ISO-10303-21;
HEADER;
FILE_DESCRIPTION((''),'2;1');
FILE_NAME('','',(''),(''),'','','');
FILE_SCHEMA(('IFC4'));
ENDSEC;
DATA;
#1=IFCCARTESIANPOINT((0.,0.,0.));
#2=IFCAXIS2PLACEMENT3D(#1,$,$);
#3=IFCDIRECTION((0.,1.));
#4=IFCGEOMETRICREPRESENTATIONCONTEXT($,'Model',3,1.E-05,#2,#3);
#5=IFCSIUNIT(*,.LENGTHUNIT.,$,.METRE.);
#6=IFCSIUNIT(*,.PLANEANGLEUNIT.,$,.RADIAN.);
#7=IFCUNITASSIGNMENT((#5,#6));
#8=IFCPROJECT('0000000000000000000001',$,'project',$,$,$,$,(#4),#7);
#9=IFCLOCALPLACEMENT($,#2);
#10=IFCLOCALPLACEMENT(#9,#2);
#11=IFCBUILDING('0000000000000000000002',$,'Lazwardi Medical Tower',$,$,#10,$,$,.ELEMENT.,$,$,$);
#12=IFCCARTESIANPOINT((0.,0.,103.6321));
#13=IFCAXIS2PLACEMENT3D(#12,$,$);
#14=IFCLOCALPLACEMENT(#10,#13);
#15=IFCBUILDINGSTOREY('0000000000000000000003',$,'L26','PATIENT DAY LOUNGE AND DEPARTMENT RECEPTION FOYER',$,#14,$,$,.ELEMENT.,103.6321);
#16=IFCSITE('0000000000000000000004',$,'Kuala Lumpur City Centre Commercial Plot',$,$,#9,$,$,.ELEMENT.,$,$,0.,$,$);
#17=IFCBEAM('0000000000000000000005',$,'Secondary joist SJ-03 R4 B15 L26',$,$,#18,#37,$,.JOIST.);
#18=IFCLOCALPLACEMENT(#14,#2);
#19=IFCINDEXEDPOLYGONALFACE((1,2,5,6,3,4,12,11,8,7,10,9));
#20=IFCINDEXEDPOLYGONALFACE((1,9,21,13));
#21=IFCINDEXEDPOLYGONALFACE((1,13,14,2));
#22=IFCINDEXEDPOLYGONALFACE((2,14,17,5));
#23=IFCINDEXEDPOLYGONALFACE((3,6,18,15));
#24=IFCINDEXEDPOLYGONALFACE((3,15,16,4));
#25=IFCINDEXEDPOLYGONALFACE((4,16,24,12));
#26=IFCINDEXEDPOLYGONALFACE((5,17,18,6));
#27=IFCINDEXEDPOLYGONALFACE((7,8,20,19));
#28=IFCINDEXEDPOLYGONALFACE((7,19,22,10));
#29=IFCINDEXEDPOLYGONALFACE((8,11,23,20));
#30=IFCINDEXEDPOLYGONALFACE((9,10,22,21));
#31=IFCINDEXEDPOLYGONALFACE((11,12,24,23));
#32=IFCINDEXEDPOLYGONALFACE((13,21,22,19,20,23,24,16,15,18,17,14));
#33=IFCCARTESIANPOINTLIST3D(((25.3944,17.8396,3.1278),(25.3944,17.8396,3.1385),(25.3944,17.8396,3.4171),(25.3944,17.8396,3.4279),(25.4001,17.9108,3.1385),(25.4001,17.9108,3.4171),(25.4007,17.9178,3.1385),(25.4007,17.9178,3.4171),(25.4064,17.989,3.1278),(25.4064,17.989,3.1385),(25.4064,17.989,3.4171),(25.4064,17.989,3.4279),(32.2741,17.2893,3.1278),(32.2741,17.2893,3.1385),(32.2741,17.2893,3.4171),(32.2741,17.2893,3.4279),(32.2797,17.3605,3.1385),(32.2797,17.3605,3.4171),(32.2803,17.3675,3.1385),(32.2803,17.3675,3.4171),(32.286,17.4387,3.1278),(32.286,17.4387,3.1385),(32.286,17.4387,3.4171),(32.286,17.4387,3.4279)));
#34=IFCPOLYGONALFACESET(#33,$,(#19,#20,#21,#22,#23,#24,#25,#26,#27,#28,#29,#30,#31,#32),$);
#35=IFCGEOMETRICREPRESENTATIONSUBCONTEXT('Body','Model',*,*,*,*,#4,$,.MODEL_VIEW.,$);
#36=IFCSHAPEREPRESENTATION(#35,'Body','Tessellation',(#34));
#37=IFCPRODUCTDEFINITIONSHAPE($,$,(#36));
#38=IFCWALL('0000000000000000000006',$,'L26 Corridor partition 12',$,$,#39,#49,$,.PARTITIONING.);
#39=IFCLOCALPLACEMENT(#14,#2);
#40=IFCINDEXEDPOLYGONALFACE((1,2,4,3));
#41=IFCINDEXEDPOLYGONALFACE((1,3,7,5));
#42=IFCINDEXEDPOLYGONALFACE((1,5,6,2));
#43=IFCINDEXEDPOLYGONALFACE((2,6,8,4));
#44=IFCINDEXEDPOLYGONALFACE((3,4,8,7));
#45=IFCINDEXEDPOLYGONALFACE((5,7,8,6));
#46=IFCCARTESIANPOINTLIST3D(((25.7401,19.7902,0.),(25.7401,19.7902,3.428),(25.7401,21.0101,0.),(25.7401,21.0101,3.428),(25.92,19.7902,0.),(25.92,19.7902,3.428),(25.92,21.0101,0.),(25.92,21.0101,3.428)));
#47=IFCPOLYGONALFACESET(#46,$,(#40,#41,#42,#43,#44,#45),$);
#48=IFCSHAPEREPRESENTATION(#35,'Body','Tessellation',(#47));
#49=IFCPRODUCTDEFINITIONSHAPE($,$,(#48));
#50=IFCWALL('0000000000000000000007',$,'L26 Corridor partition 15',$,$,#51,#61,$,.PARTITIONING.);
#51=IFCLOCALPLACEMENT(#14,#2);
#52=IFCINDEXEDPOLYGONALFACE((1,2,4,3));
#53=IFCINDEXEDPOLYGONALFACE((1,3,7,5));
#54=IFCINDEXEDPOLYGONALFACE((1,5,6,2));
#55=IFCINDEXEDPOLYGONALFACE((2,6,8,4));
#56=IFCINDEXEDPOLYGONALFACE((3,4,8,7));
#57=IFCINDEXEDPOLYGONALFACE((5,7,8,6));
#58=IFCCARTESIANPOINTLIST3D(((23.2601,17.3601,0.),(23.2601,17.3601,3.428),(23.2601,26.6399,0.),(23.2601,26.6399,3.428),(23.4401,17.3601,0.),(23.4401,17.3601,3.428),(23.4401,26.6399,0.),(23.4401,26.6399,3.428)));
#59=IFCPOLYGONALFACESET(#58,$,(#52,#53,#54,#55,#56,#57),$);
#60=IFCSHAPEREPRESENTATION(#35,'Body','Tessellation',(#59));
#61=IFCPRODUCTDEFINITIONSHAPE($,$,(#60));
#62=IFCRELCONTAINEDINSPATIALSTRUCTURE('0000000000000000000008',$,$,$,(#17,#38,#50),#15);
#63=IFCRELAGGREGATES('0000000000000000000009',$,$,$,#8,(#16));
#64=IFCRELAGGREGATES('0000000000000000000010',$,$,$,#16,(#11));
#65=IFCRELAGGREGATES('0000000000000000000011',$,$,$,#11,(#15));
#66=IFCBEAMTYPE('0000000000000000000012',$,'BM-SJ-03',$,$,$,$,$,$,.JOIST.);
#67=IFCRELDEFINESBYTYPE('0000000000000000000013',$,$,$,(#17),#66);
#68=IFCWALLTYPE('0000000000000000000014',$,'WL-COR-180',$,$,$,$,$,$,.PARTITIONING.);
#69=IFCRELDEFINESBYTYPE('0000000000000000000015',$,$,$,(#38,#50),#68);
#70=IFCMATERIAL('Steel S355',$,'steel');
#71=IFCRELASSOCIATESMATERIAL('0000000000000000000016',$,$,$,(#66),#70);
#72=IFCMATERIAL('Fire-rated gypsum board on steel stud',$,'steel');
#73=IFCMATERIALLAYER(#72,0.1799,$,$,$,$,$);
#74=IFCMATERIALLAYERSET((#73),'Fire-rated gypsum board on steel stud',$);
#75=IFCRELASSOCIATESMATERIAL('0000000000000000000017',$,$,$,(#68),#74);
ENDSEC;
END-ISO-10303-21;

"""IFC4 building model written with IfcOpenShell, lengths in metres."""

from ifc_helpers import new_model, si_unit, direction, frame, frame_2d, origin, origin_2d, place, context, subcontext, project, spatial, rectangle, i_section, extrude, material, layer, layer_set, material_profile, profile_set, type_object, element, save


model = new_model("IFC4")

# Units and contexts
model_context = context("Model", 3, precision=1e-05, world=origin(), true_north=direction((0.0, 1.0)))
body_context = subcontext(model_context, "Body", "Model", "MODEL_VIEW")
ifc_project = project(units=[si_unit("LENGTHUNIT", "METRE"), si_unit("PLANEANGLEUNIT", "RADIAN")], contexts=[model_context])

# Site, building, storey
site_placement = place(None, origin())
site = spatial("IfcSite", under=ifc_project, at=site_placement, Name="Kuala Lumpur City Centre Commercial Plot", CompositionType="ELEMENT", RefElevation=0.0)
building_placement = place(site_placement, origin())
building = spatial("IfcBuilding", under=site, at=building_placement, Name="Lazwardi Medical Tower", CompositionType="ELEMENT")
storey_placement = place(building_placement, frame((0.0, 0.0, 103.6321)))
storey = spatial("IfcBuildingStorey", under=building, at=storey_placement, Name="L26", Description="PATIENT DAY LOUNGE AND DEPARTMENT RECEPTION FOYER", CompositionType="ELEMENT", Elevation=103.6321)

# Beam
ifc_material_1 = material(Name="Steel S355", Category="steel")
ifc_material_profile_1 = material_profile(ifc_material_1, i_section(OverallWidth=0.1499, OverallDepth=0.3, WebThickness=0.0071, FlangeThickness=0.0107, at=origin_2d()), Name="IPE 300")
ifc_profile_set_1 = profile_set([ifc_material_profile_1], Name="Steel S355")
beam_type_1 = type_object("IfcBeamType", Name="BM-SJ-03", PredefinedType="JOIST", material=ifc_profile_set_1)
beam_1_placement = place(storey_placement, frame((25.4004, 17.9143, 3.2778), z_axis=(0.996816, -0.079734, 0.0), x_axis=(0.079734, 0.996816, 0.0)))
element("IfcBeam", 1, at=beam_1_placement, inside=storey, type_object=beam_type_1, Name="Secondary joist SJ-03 R4 B15 L26", PredefinedType="JOIST", context=body_context, shape_type="SweptSolid", body=[
    extrude(i_section(OverallWidth=0.1499, OverallDepth=0.3, WebThickness=0.0071, FlangeThickness=0.0107, at=origin_2d()), origin(), (0.0, 0.0, 1.0), 6.9016),
])

# Walls
ifc_material_2 = material(Name="Fire-rated gypsum board on steel stud", Category="steel")
ifc_layer_1 = layer(ifc_material_2, 0.1799)
ifc_layer_set_1 = layer_set([ifc_layer_1], Name="Fire-rated gypsum board on steel stud")
wall_type_1 = type_object("IfcWallType", Name="WL-COR-180", PredefinedType="PARTITIONING", material=ifc_layer_set_1)
wall_1_placement = place(storey_placement, frame((25.8301, 21.01, 0.0), z_axis=(0.0, 0.0, 1.0), x_axis=(0.0, -1.0, 0.0)))
element("IfcWall", 2, at=wall_1_placement, inside=storey, type_object=wall_type_1, Name="L26 Corridor partition 12", PredefinedType="PARTITIONING", context=body_context, shape_type="SweptSolid", body=[
    extrude(rectangle(XDim=1.22, YDim=0.1799, at=frame_2d((0.6099, 0.0))), origin(), (0.0, 0.0, 1.0), 3.428),
])
wall_2_placement = place(storey_placement, frame((23.3501, 17.3601, 0.0), z_axis=(0.0, 0.0, 1.0), x_axis=(0.0, 1.0, 0.0)))
element("IfcWall", 3, at=wall_2_placement, inside=storey, type_object=wall_type_1, Name="L26 Corridor partition 15", PredefinedType="PARTITIONING", context=body_context, shape_type="SweptSolid", body=[
    extrude(rectangle(XDim=9.2798, YDim=0.1799, at=frame_2d((4.6399, 0.0))), origin(), (0.0, 0.0, 1.0), 3.428),
])

save(model, "model.ifc")
